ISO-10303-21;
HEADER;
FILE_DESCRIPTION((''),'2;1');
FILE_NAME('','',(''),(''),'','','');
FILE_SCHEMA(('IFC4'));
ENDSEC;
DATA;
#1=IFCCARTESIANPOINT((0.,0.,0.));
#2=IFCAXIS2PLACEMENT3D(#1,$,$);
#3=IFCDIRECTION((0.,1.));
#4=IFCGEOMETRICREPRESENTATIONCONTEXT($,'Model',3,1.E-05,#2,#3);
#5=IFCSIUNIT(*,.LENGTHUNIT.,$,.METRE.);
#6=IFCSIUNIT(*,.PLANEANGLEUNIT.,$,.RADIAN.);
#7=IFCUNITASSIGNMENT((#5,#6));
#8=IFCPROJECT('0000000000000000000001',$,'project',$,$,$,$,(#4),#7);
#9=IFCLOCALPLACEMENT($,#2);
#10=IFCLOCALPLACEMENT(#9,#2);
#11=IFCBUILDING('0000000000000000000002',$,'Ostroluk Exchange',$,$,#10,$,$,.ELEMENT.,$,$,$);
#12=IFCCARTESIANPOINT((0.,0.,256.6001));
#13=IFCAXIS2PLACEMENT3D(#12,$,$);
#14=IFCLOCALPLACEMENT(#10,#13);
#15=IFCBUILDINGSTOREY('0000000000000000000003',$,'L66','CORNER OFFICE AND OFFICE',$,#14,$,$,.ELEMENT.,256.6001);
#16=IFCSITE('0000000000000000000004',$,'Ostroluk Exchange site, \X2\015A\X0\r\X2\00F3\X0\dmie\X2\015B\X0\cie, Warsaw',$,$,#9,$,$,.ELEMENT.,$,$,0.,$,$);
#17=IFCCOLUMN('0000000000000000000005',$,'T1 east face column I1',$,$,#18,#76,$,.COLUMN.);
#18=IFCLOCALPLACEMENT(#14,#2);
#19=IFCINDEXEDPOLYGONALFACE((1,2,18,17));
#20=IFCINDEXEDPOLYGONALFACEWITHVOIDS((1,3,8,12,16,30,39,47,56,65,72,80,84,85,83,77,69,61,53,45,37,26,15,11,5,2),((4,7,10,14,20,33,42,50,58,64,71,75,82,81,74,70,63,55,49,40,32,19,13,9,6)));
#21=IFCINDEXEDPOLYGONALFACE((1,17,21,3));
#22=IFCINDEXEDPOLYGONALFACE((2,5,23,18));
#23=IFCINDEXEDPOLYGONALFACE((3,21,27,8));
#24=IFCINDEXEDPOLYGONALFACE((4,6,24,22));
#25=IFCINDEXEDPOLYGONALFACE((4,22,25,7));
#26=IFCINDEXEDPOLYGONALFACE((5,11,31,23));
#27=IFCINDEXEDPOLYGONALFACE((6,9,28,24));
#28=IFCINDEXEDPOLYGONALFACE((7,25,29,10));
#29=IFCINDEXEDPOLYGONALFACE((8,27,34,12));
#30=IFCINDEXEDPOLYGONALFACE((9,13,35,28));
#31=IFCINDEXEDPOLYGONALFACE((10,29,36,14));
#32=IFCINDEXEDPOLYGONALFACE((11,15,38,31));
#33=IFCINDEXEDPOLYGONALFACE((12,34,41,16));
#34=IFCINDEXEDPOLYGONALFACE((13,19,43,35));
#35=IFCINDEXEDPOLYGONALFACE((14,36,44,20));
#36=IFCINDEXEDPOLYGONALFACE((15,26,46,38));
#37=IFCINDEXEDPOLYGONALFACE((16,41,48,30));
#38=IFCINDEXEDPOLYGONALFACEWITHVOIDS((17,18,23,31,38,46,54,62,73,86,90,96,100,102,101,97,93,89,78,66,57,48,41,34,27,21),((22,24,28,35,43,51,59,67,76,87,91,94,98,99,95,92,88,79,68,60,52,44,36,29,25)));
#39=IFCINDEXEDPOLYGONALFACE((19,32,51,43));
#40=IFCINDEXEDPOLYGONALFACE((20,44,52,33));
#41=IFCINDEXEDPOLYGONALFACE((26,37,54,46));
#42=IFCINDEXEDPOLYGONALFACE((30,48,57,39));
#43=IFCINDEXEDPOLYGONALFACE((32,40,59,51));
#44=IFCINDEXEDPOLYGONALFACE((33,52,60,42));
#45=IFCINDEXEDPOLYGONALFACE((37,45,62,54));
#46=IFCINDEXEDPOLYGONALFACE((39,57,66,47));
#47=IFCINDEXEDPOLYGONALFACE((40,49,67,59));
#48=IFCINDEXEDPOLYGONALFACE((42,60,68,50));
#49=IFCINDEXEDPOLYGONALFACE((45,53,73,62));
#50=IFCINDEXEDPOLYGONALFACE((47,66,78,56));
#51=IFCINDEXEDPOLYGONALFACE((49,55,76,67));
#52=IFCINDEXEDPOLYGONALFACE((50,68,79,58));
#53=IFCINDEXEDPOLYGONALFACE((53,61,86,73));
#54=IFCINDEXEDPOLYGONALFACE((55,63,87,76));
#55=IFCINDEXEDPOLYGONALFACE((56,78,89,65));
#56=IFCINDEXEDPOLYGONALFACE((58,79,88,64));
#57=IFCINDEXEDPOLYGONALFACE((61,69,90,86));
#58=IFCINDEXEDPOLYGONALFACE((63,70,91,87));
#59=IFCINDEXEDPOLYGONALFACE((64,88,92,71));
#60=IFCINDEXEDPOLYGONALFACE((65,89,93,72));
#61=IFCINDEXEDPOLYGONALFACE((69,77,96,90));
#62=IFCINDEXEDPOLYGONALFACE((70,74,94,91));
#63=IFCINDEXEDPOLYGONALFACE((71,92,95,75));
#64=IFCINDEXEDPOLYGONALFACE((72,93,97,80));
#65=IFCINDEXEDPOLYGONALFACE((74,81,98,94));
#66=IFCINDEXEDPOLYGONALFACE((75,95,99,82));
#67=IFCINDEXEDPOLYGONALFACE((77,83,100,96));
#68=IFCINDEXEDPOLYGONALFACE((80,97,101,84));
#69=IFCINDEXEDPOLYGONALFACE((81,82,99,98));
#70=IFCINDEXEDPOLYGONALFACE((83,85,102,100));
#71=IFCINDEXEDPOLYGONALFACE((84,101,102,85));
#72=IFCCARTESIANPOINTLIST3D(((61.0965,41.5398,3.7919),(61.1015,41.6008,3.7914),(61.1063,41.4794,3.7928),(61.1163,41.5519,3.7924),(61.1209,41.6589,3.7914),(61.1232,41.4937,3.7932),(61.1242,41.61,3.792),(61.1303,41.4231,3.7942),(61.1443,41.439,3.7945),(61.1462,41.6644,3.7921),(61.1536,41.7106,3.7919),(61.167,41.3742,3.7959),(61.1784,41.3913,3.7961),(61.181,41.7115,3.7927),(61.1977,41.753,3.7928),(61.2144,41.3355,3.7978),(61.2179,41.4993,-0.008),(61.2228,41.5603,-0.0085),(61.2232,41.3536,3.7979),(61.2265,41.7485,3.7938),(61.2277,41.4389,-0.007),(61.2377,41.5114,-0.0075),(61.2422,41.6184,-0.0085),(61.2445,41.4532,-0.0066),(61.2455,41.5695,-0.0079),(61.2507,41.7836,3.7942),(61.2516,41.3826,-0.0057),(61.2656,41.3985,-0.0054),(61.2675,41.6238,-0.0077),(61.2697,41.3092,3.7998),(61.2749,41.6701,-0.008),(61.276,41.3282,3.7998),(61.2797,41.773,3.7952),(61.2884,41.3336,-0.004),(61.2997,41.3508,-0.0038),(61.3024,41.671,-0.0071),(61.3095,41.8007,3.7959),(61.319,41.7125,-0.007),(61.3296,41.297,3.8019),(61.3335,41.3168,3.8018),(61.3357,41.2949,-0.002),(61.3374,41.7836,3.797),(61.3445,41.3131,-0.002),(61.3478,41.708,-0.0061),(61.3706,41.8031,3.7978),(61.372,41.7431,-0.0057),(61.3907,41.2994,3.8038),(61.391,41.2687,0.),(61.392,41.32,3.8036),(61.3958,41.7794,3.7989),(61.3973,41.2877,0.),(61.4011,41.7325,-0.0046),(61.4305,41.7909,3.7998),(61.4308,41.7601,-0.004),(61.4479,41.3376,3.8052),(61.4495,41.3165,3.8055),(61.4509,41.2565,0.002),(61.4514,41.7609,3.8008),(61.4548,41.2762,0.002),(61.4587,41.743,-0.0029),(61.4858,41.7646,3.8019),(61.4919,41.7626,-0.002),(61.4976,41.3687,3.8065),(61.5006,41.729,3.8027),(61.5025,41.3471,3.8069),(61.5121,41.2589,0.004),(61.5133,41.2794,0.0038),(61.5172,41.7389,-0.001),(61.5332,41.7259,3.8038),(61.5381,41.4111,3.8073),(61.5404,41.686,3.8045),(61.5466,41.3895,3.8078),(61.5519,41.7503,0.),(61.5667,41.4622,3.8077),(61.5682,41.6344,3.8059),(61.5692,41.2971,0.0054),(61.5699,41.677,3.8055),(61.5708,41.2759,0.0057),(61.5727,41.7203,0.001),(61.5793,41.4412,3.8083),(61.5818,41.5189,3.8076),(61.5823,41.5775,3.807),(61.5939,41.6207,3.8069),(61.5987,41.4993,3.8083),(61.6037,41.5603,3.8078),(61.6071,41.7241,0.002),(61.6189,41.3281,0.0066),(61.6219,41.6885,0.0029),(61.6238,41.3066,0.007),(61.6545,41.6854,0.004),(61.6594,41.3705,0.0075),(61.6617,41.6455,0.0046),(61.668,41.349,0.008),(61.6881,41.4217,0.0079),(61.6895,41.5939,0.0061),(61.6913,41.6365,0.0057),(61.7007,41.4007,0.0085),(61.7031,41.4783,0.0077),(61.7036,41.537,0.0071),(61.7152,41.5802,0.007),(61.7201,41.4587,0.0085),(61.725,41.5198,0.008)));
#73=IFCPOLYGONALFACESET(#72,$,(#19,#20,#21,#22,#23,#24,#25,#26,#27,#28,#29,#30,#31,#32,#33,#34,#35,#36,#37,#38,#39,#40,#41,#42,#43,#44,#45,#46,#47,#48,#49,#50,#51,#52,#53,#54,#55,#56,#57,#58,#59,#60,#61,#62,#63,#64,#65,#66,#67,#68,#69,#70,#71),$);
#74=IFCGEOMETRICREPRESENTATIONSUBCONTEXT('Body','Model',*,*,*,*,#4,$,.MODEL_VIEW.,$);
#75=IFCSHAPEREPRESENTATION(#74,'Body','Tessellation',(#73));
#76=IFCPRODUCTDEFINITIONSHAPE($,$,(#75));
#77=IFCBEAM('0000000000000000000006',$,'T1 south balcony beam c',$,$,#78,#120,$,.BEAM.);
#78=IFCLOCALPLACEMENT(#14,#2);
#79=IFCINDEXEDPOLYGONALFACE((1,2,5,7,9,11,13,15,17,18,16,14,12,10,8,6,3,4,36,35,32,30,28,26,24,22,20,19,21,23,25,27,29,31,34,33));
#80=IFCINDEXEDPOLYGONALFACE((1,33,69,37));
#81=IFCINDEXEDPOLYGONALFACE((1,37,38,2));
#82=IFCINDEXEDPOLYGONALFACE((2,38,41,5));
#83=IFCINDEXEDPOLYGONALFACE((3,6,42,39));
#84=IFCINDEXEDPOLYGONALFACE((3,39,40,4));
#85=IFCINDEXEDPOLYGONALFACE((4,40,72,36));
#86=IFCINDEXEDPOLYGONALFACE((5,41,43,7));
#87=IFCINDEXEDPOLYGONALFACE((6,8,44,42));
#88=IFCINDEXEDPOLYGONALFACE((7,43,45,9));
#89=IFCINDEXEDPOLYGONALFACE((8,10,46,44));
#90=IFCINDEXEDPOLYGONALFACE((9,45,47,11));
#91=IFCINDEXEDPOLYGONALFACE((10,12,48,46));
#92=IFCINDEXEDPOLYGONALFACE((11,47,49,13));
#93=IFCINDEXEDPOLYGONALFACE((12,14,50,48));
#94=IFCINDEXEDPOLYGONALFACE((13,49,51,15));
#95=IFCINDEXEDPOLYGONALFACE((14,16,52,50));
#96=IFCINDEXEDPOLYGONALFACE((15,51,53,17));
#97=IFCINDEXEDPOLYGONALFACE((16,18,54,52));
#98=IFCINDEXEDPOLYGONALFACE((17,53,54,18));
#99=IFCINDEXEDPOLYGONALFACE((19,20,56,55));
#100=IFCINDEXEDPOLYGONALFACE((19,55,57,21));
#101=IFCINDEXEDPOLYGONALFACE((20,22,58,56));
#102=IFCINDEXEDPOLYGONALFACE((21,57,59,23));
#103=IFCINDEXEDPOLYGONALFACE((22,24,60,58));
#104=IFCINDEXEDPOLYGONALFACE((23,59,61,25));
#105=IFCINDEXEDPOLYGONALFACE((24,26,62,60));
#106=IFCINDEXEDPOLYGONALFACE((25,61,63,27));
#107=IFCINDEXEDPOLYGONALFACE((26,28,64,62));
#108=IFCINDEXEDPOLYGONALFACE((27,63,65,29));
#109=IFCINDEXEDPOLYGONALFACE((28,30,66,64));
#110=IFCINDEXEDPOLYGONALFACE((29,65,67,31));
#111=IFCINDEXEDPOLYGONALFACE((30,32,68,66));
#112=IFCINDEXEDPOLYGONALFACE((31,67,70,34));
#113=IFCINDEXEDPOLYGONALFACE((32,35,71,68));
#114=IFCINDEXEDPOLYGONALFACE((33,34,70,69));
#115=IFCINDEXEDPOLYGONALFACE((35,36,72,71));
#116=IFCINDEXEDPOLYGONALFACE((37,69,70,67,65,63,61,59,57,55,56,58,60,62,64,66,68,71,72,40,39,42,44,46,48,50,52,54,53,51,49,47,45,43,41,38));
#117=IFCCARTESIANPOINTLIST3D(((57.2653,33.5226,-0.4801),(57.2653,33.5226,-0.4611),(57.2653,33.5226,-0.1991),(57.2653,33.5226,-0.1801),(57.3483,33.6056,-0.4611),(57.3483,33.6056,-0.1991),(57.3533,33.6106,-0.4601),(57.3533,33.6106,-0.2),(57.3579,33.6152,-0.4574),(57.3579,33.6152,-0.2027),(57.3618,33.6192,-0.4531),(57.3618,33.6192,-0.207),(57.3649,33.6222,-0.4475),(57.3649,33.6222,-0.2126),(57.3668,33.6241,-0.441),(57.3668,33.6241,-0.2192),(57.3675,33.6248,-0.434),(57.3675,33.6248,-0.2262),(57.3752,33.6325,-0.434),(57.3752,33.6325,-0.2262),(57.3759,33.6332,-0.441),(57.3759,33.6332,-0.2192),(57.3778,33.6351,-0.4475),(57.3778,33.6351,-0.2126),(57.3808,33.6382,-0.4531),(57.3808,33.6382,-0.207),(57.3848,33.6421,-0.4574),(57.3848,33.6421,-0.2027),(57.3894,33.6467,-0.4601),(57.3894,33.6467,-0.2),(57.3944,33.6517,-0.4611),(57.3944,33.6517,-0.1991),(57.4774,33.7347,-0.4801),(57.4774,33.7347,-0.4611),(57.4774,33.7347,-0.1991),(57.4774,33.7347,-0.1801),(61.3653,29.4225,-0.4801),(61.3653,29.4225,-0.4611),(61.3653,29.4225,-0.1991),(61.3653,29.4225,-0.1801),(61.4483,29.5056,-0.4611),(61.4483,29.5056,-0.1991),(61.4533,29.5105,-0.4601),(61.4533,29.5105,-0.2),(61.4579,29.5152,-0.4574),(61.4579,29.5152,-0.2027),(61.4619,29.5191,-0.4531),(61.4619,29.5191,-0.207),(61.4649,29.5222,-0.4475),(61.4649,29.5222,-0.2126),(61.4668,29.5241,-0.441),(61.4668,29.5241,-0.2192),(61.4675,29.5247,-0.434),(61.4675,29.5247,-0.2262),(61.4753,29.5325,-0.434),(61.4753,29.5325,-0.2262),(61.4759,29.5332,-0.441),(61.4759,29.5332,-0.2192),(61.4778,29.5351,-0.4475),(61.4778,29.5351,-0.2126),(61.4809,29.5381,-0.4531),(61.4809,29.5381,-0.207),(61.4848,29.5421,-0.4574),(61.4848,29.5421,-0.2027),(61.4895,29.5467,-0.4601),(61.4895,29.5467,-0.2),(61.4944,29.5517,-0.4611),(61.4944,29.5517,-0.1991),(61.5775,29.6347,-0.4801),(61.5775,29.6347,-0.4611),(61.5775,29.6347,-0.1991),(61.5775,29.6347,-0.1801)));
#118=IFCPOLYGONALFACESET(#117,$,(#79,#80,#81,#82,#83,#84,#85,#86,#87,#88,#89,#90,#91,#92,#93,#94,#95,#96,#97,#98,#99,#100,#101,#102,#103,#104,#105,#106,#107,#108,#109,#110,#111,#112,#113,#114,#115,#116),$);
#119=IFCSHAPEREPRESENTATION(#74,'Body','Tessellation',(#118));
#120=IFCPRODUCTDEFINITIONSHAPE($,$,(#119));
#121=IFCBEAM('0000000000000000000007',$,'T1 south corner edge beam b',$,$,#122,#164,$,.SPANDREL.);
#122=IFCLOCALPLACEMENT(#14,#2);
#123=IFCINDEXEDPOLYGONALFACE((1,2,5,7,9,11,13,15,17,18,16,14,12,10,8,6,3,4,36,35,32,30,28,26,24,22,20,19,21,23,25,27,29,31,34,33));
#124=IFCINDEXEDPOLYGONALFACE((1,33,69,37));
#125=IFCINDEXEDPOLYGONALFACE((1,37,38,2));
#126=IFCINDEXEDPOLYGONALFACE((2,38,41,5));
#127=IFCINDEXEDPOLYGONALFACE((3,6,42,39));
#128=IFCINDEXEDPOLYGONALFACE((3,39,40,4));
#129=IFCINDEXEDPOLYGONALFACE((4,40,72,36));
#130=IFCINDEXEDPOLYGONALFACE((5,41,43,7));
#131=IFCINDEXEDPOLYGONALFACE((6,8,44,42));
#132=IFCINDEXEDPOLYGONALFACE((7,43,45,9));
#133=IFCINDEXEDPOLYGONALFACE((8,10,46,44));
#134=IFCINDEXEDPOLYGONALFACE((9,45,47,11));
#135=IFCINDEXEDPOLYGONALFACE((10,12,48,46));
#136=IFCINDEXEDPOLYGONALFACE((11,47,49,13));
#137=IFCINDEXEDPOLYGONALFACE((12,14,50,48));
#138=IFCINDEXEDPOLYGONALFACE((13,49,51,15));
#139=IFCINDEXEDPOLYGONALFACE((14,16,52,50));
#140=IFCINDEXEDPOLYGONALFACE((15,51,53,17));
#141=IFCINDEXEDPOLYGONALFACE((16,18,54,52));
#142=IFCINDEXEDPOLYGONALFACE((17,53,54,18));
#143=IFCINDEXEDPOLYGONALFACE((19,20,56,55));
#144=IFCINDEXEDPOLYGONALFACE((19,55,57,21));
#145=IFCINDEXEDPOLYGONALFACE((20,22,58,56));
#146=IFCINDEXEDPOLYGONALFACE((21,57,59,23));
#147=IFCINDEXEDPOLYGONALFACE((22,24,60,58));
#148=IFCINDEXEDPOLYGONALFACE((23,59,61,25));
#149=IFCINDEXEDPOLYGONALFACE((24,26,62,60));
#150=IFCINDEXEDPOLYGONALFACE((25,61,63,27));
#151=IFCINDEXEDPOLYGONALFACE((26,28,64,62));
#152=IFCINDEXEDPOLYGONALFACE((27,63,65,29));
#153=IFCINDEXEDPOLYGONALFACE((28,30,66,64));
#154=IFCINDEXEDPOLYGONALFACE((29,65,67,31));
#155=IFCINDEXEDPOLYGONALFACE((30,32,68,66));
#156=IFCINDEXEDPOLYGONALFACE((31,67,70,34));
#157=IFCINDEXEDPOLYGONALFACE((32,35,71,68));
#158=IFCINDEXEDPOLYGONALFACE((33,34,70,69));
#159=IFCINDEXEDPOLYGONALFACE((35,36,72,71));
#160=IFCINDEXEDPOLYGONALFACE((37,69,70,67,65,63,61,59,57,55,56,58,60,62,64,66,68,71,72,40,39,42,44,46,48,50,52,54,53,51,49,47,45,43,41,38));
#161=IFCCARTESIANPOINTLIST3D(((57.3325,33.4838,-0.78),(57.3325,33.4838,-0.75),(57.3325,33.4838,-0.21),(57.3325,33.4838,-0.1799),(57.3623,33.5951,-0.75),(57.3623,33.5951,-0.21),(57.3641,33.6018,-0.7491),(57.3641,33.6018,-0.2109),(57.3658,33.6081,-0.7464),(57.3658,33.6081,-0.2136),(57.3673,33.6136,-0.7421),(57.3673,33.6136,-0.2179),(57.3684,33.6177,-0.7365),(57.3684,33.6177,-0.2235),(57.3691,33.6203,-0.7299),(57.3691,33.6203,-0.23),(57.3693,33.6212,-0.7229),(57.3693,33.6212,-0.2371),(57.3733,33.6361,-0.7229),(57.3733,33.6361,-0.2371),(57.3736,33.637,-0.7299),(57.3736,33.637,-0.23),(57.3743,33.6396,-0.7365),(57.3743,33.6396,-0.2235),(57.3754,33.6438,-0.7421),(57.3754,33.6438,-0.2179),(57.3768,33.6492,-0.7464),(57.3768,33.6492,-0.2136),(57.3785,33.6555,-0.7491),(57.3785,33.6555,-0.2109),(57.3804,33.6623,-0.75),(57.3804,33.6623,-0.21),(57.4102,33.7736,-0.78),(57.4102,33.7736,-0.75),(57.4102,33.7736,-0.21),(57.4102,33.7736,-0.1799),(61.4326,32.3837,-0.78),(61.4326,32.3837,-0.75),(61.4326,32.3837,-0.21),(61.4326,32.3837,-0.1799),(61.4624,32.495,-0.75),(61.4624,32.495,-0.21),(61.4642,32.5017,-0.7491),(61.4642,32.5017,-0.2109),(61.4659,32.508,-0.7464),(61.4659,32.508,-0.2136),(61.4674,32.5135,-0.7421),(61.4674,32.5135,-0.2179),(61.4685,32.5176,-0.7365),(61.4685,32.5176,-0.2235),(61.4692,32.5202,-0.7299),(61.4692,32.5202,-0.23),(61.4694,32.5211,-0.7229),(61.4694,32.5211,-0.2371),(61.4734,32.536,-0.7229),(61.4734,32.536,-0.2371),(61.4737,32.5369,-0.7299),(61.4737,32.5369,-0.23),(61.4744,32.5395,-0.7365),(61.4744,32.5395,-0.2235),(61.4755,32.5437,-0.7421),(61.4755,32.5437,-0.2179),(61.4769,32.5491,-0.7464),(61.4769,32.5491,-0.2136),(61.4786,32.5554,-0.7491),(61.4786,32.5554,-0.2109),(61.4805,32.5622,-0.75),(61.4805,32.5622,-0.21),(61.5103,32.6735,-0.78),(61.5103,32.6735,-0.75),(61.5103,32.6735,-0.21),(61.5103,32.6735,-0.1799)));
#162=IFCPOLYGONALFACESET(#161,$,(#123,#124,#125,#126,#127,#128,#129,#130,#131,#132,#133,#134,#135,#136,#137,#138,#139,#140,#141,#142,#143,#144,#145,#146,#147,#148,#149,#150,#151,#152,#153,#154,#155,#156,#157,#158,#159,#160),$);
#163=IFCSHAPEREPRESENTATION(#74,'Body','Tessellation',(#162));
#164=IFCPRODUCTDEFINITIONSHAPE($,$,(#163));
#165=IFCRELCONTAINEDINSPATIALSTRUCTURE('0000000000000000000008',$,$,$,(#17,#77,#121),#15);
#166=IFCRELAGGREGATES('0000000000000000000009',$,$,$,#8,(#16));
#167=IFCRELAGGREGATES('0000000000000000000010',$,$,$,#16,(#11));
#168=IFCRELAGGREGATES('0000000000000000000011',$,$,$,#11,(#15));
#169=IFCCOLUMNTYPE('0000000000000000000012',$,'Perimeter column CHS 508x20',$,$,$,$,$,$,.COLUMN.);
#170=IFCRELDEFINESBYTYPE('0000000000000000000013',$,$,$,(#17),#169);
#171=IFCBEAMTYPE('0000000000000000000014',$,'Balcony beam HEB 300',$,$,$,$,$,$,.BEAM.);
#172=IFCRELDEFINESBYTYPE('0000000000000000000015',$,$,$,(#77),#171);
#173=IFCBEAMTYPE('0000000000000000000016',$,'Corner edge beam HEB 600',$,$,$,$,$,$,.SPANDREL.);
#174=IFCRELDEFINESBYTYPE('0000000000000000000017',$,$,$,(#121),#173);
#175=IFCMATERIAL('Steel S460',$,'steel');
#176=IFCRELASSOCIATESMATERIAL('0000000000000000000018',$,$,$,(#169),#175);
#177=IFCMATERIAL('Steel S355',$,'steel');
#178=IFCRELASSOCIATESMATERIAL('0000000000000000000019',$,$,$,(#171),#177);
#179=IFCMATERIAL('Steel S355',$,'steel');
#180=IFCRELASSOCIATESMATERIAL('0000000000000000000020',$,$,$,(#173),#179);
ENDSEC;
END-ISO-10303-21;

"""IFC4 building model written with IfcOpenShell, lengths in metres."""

from ifc_helpers import new_model, si_unit, direction, frame, origin, origin_2d, place, context, subcontext, project, spatial, hollow_circle, i_section, extrude, material, material_profile, profile_set, type_object, element, save


model = new_model("IFC4")

# Units and contexts
model_context = context("Model", 3, precision=1e-05, world=origin(), true_north=direction((0.0, 1.0)))
body_context = subcontext(model_context, "Body", "Model", "MODEL_VIEW")
ifc_project = project(units=[si_unit("LENGTHUNIT", "METRE"), si_unit("PLANEANGLEUNIT", "RADIAN")], contexts=[model_context])

# Site, building, storey
site_placement = place(None, origin())
site = spatial("IfcSite", under=ifc_project, at=site_placement, Name="Ostroluk Exchange site, Śródmieście, Warsaw", CompositionType="ELEMENT", RefElevation=0.0)
building_placement = place(site_placement, origin())
building = spatial("IfcBuilding", under=site, at=building_placement, Name="Ostroluk Exchange", CompositionType="ELEMENT")
storey_placement = place(building_placement, frame((0.0, 0.0, 256.6001)))
storey = spatial("IfcBuildingStorey", under=building, at=storey_placement, Name="L66", Description="CORNER OFFICE AND OFFICE", CompositionType="ELEMENT", Elevation=256.6001)

# Column
ifc_material_1 = material(Name="Steel S460", Category="steel")
ifc_material_profile_1 = material_profile(ifc_material_1, hollow_circle(Radius=0.2539, WallThickness=0.02, at=origin_2d()), Name="CHS 508x20")
ifc_profile_set_1 = profile_set([ifc_material_profile_1], Name="Steel S460")
column_type = type_object("IfcColumnType", Name="Perimeter column CHS 508x20", PredefinedType="COLUMN", material=ifc_profile_set_1)
column_placement = place(storey_placement, frame((61.4714, 41.5095, 0.0), z_axis=(-0.031915, 0.01066, 0.999434), x_axis=(-0.3168, -0.948492, 0.0)))
element("IfcColumn", 1, at=column_placement, inside=storey, type_object=column_type, Name="T1 east face column I1", PredefinedType="COLUMN", context=body_context, shape_type="SweptSolid", body=[
    extrude(hollow_circle(Radius=0.2539, WallThickness=0.02, at=origin_2d()), origin(), (0.0, 0.0, 1.0), 3.802),
])

# Beams
ifc_material_2 = material(Name="Steel S355", Category="steel")
ifc_material_profile_2 = material_profile(ifc_material_2, i_section(OverallWidth=0.3, OverallDepth=0.3, WebThickness=0.011, FlangeThickness=0.019, FilletRadius=0.0271, at=origin_2d()), Name="HEB 300")
ifc_profile_set_2 = profile_set([ifc_material_profile_2], Name="Steel S355")
beam_type_1 = type_object("IfcBeamType", Name="Balcony beam HEB 300", PredefinedType="BEAM", material=ifc_profile_set_2)
beam_1_placement = place(storey_placement, frame((57.3713, 33.6287, -0.3301), z_axis=(0.707107, -0.707107, 0.0), x_axis=(0.707107, 0.707107, 0.0)))
element("IfcBeam", 2, at=beam_1_placement, inside=storey, type_object=beam_type_1, Name="T1 south balcony beam c", PredefinedType="BEAM", context=body_context, shape_type="SweptSolid", body=[
    extrude(i_section(OverallWidth=0.3, OverallDepth=0.3, WebThickness=0.011, FlangeThickness=0.019, FilletRadius=0.0271, at=origin_2d()), origin(), (0.0, 0.0, 1.0), 5.7983),
])
ifc_material_3 = material(Name="Steel S355", Category="steel")
ifc_material_profile_3 = material_profile(ifc_material_3, i_section(OverallWidth=0.3, OverallDepth=0.6001, WebThickness=0.0154, FlangeThickness=0.03, FilletRadius=0.0271, at=origin_2d()), Name="HEB 600")
ifc_profile_set_3 = profile_set([ifc_material_profile_3], Name="Steel S355")
beam_type_2 = type_object("IfcBeamType", Name="Corner edge beam HEB 600", PredefinedType="SPANDREL", material=ifc_profile_set_3)
beam_2_placement = place(storey_placement, frame((57.3713, 33.6287, -0.48), z_axis=(0.965839, -0.259144, 0.0), x_axis=(0.259144, 0.965839, 0.0)))
element("IfcBeam", 3, at=beam_2_placement, inside=storey, type_object=beam_type_2, Name="T1 south corner edge beam b", PredefinedType="SPANDREL", context=body_context, shape_type="SweptSolid", body=[
    extrude(i_section(OverallWidth=0.3, OverallDepth=0.6001, WebThickness=0.0154, FlangeThickness=0.03, FilletRadius=0.0271, at=origin_2d()), origin(), (0.0, 0.0, 1.0), 4.2451),
])

save(model, "model.ifc")
